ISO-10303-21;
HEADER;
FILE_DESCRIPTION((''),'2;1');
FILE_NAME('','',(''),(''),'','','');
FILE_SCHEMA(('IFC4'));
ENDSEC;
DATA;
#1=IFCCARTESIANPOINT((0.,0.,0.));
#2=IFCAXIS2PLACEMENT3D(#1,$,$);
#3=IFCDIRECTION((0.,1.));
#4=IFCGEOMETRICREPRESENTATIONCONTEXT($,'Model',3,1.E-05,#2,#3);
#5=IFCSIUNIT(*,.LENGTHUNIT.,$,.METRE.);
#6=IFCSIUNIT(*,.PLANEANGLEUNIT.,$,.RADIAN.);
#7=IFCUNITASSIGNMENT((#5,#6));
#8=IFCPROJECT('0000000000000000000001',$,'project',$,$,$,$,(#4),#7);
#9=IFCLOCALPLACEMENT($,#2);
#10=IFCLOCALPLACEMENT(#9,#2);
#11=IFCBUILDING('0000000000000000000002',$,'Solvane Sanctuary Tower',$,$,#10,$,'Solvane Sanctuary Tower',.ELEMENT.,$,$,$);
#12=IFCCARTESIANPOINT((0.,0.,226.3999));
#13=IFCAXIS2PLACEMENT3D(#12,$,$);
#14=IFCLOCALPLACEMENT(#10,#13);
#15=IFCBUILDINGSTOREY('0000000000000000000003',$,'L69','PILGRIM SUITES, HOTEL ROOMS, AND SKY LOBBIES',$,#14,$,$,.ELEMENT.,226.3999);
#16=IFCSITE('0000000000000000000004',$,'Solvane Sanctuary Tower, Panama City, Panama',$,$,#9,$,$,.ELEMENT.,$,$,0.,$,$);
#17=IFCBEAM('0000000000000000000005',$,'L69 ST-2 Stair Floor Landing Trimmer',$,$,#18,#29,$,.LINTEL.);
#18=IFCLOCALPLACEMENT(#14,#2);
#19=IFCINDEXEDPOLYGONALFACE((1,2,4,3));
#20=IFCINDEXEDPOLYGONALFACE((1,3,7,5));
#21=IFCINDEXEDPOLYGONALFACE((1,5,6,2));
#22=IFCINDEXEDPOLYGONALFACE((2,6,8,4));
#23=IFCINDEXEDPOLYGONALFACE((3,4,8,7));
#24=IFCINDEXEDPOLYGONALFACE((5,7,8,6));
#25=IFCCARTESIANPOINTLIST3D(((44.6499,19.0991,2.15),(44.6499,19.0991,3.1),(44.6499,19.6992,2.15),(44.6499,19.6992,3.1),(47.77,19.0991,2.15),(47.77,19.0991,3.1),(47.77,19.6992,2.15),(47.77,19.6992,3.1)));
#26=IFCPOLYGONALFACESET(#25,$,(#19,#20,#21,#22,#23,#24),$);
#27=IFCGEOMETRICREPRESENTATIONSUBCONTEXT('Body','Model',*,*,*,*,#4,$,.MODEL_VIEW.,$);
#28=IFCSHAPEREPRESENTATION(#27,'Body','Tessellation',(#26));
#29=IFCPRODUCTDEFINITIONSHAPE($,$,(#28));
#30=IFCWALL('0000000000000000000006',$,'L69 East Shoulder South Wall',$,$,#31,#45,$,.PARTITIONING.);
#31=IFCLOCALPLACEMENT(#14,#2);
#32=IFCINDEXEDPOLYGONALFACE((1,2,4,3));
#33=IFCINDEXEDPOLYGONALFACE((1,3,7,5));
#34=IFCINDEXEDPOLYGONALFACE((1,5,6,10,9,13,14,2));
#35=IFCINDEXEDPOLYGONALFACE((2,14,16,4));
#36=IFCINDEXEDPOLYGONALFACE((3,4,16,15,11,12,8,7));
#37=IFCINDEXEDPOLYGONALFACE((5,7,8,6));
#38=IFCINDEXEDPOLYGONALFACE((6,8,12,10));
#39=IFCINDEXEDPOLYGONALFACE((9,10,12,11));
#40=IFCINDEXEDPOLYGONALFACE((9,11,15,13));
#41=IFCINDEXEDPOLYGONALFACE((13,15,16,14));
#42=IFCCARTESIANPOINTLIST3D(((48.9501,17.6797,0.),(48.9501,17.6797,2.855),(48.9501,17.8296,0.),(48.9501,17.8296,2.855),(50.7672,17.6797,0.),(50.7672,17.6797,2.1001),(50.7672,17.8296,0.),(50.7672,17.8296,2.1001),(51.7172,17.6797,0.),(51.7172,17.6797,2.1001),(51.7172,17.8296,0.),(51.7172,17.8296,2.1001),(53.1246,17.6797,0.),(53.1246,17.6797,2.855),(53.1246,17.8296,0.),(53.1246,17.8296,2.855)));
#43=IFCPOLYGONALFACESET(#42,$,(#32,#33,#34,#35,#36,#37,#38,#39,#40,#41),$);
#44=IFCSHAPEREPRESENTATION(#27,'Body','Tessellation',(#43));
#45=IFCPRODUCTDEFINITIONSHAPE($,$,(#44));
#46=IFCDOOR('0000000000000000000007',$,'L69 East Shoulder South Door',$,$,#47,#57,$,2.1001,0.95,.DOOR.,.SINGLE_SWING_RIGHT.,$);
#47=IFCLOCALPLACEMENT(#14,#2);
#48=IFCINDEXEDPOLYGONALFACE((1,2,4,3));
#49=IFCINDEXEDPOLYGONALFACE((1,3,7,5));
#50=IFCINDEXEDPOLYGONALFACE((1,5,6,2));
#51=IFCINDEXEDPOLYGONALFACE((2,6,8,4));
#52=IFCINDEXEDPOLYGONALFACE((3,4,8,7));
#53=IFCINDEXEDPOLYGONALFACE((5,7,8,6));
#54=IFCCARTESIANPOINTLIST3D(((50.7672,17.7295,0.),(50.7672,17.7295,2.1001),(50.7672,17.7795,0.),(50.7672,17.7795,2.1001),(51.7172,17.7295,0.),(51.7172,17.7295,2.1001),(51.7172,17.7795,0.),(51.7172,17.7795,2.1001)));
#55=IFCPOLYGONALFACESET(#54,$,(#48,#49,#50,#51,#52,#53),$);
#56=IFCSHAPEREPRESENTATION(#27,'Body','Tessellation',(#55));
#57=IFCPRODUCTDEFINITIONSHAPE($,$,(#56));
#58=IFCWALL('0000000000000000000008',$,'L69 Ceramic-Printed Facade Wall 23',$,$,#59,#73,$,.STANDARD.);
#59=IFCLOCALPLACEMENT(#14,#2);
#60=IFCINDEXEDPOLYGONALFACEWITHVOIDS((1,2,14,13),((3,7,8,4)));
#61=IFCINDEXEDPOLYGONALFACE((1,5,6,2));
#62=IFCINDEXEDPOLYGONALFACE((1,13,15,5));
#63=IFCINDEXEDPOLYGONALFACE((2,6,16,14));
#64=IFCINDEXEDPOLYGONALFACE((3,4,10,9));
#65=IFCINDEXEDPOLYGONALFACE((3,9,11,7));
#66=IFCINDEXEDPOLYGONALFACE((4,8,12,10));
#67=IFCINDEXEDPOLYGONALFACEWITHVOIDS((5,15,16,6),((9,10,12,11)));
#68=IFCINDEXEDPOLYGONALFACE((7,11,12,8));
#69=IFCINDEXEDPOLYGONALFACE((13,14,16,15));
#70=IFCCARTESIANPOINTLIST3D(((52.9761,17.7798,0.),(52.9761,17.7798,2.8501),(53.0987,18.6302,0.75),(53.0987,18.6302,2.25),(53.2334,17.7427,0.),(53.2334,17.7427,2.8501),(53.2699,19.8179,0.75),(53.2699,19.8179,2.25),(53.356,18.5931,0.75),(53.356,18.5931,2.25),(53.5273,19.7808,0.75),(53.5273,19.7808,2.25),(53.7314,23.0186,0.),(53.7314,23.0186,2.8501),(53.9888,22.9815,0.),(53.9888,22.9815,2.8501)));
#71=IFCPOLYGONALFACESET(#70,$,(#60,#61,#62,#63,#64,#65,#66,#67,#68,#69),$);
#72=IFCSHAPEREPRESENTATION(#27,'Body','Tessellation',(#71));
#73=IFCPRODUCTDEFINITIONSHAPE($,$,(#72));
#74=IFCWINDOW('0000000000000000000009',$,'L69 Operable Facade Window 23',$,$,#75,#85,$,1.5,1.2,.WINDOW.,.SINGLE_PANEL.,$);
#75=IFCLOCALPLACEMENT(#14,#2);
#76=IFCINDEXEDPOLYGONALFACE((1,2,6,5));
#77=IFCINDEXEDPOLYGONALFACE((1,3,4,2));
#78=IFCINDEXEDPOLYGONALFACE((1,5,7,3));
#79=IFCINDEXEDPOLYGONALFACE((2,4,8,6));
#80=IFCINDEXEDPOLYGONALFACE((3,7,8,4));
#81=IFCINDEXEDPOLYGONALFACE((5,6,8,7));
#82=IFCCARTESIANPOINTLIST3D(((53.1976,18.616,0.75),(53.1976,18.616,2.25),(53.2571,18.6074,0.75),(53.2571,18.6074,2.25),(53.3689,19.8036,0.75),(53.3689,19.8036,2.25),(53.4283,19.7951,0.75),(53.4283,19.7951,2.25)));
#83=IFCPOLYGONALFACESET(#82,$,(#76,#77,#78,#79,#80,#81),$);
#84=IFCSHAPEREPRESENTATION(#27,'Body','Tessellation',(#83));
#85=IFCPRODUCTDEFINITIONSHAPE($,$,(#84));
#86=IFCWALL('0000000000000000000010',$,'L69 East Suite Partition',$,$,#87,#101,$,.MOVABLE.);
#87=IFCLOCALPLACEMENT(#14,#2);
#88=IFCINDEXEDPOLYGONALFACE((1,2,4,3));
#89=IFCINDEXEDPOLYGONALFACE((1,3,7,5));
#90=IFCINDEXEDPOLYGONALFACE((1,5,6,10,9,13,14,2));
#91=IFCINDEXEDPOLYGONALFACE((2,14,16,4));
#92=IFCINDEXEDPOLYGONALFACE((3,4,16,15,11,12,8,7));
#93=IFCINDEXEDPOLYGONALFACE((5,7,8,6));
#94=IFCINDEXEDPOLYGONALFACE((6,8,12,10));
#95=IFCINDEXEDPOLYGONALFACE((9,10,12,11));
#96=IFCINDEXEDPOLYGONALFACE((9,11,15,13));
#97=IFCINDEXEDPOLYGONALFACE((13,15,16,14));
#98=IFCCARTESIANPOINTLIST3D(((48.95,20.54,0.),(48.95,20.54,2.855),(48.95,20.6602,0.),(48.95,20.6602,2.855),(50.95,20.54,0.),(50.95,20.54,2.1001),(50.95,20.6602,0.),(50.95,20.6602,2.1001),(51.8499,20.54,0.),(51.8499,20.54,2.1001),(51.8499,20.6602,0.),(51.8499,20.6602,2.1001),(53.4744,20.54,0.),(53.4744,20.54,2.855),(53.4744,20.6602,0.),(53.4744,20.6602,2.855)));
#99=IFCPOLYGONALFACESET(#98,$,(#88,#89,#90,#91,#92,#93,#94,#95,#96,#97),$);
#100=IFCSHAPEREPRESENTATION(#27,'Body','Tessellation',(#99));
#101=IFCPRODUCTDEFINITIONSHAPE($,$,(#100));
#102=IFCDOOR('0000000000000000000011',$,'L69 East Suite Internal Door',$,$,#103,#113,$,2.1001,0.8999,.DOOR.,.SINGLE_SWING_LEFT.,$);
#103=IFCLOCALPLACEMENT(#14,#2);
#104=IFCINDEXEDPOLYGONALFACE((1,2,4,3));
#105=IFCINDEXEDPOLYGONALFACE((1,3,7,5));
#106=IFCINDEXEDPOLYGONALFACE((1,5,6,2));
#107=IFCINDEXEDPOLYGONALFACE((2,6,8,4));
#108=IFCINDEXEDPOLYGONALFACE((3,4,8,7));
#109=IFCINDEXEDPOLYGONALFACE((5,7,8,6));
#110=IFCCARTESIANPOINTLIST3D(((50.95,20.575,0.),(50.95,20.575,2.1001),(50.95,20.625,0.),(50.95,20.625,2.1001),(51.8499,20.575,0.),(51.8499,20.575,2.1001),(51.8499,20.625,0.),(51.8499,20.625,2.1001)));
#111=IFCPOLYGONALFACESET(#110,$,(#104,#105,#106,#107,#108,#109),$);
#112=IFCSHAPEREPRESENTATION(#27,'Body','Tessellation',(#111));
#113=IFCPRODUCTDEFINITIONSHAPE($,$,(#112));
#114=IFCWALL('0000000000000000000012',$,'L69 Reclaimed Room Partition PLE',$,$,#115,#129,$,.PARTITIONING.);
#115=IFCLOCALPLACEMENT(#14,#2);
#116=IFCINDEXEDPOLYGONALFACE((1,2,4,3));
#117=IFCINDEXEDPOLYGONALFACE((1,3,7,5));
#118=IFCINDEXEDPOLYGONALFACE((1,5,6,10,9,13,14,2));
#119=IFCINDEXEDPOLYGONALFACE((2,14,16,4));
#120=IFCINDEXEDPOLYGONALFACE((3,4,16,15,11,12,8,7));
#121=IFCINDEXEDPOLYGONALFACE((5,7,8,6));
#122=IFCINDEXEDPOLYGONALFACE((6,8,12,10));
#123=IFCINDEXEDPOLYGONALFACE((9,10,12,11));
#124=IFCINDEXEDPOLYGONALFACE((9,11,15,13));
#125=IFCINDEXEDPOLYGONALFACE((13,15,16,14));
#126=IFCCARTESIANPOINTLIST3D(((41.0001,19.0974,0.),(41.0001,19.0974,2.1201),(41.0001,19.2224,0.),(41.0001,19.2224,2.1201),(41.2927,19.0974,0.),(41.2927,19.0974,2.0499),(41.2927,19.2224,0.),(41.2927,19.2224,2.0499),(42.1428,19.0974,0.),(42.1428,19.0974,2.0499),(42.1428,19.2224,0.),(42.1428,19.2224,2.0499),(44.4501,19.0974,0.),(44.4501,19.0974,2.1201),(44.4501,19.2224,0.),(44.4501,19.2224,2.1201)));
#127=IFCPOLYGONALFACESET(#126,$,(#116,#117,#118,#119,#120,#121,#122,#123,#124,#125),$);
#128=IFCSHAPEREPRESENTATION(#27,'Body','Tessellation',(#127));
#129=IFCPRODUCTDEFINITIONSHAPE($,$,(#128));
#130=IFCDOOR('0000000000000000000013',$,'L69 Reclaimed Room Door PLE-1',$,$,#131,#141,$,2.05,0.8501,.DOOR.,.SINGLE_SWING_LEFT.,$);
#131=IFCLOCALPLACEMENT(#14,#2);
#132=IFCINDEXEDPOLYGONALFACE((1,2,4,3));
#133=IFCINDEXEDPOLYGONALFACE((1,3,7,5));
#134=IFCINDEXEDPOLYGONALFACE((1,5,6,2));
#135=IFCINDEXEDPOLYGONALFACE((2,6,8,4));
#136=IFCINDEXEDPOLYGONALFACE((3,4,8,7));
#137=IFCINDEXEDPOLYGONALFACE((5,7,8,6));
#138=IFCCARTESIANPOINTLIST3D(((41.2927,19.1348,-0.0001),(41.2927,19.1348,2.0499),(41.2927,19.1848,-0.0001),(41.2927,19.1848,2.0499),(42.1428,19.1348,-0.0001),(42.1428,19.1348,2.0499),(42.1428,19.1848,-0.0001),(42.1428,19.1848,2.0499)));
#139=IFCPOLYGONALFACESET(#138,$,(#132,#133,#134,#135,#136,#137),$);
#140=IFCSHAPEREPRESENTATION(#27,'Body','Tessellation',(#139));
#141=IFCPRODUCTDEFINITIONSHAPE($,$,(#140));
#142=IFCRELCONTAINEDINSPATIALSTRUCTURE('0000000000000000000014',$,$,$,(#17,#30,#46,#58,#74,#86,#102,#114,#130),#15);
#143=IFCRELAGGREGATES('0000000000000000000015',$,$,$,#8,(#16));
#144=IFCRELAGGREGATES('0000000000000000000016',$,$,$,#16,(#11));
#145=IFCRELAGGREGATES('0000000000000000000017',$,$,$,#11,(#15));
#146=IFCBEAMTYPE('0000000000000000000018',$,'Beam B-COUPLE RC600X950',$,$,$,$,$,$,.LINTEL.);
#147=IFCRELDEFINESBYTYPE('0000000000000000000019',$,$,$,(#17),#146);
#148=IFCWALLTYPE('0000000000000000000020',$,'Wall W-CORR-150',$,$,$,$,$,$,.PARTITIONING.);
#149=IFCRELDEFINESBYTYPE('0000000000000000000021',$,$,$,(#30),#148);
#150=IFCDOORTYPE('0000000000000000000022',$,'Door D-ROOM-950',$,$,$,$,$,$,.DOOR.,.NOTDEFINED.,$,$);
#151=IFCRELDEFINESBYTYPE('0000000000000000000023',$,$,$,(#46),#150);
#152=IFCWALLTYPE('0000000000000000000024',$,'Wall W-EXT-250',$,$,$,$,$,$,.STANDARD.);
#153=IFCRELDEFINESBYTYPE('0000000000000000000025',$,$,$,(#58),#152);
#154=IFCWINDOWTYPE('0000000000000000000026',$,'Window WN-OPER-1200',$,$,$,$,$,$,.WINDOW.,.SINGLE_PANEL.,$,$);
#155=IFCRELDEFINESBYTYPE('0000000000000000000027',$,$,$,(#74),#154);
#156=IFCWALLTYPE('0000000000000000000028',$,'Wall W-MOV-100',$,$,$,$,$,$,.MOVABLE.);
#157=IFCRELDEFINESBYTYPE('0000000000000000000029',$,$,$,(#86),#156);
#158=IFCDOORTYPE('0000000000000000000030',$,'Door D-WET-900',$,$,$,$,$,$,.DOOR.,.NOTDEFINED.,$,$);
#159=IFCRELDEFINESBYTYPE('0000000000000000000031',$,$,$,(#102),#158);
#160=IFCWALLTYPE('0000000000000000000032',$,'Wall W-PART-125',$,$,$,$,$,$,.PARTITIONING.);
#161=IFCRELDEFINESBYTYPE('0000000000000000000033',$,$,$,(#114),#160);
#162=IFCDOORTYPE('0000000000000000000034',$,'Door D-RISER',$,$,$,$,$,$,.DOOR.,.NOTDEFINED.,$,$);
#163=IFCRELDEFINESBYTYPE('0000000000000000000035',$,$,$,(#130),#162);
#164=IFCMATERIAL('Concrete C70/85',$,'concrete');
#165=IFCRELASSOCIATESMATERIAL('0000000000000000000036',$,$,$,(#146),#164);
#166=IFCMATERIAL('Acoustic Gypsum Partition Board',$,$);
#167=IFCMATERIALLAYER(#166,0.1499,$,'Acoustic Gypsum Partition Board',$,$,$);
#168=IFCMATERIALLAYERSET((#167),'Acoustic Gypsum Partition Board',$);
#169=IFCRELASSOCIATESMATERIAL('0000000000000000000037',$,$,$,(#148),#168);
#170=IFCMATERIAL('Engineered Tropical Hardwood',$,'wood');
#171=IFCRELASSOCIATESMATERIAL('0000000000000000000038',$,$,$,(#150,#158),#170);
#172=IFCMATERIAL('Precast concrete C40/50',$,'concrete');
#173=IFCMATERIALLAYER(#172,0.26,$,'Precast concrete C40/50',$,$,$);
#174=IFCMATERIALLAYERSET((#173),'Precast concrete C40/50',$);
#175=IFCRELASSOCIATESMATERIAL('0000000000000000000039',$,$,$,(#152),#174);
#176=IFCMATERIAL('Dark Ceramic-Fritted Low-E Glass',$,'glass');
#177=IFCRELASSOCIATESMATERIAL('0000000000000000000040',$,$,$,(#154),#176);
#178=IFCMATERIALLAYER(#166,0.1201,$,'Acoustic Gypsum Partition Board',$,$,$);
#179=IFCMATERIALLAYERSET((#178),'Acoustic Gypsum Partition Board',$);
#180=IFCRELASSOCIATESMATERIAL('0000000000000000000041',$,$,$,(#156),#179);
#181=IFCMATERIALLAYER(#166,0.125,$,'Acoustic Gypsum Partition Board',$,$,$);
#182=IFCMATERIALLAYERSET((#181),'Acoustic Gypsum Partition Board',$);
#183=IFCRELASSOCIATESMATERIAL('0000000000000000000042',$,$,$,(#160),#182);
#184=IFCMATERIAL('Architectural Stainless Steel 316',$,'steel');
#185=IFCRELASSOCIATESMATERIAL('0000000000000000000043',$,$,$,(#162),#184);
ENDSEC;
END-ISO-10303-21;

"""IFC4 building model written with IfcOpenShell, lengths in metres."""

from ifc_helpers import new_model, si_unit, direction, frame, frame_2d, origin, origin_2d, place, context, subcontext, project, spatial, rectangle, extrude, material, layer, layer_set, material_profile, profile_set, type_object, element, fill, save


model = new_model("IFC4")

# Units and contexts
model_context = context("Model", 3, precision=1e-05, world=origin(), true_north=direction((0.0, 1.0)))
body_context = subcontext(model_context, "Body", "Model", "MODEL_VIEW")
ifc_project = project(units=[si_unit("LENGTHUNIT", "METRE"), si_unit("PLANEANGLEUNIT", "RADIAN")], contexts=[model_context])

# Site, building, storey
site_placement = place(None, origin())
site = spatial("IfcSite", under=ifc_project, at=site_placement, Name="Solvane Sanctuary Tower, Panama City, Panama", CompositionType="ELEMENT", RefElevation=0.0)
building_placement = place(site_placement, origin())
building = spatial("IfcBuilding", under=site, at=building_placement, Name="Solvane Sanctuary Tower", LongName="Solvane Sanctuary Tower", CompositionType="ELEMENT")
storey_placement = place(building_placement, frame((0.0, 0.0, 226.3999)))
storey = spatial("IfcBuildingStorey", under=building, at=storey_placement, Name="L69", Description="PILGRIM SUITES, HOTEL ROOMS, AND SKY LOBBIES", CompositionType="ELEMENT", Elevation=226.3999)

# Beam
ifc_material_1 = material(Name="Concrete C70/85", Category="concrete")
ifc_material_profile = material_profile(ifc_material_1, rectangle(XDim=0.6001, YDim=0.95, at=origin_2d()), Name="RC600X950")
ifc_profile_set = profile_set([ifc_material_profile], Name="Concrete C70/85")
beam_type = type_object("IfcBeamType", Name="Beam B-COUPLE RC600X950", PredefinedType="LINTEL", material=ifc_profile_set)
beam_placement = place(storey_placement, frame((44.6499, 19.3992, 2.625), z_axis=(1.0, 0.0, 0.0), x_axis=(0.0, 1.0, 0.0)))
element("IfcBeam", 1, at=beam_placement, inside=storey, type_object=beam_type, Name="L69 ST-2 Stair Floor Landing Trimmer", PredefinedType="LINTEL", context=body_context, shape_type="SweptSolid", body=[
    extrude(rectangle(XDim=0.6001, YDim=0.95, at=origin_2d()), origin(), (0.0, 0.0, 1.0), 3.1201),
])

# Wall, opening, door
ifc_material_2 = material(Name="Acoustic Gypsum Partition Board")
ifc_layer_1 = layer(ifc_material_2, 0.1499, Name="Acoustic Gypsum Partition Board")
ifc_layer_set_1 = layer_set([ifc_layer_1], Name="Acoustic Gypsum Partition Board")
wall_type_1 = type_object("IfcWallType", Name="Wall W-CORR-150", PredefinedType="PARTITIONING", material=ifc_layer_set_1)
wall_1_placement = place(storey_placement, frame((48.95, 17.7546, 0.0), z_axis=(0.0, 0.0, 1.0), x_axis=(1.0, 0.0, 0.0)))
wall_1 = element("IfcWall", 2, at=wall_1_placement, inside=storey, type_object=wall_type_1, Name="L69 East Shoulder South Wall", PredefinedType="PARTITIONING", context=body_context, shape_type="SweptSolid", body=[
    extrude(rectangle(XDim=4.1746, YDim=0.1499, at=frame_2d((2.0874, 0.0))), origin(), (0.0, 0.0, 1.0), 2.855),
])
opening_1_placement = place(wall_1_placement, frame((1.8171, 0.0, 0.0)))
opening_1 = element("IfcOpeningElement", 3, at=opening_1_placement, cuts=wall_1, PredefinedType="OPENING", context=body_context, shape_type="SweptSolid", body=[
    extrude(rectangle(XDim=0.95, YDim=2.1001, at=frame_2d((0.4751, 1.05))), frame((0.0, 0.085, 0.0), z_axis=(0.0, -1.0, 0.0), x_axis=(1.0, 0.0, 0.0)), (0.0, 0.0, 1.0), 0.1699),
])
ifc_material_3 = material(Name="Engineered Tropical Hardwood", Category="wood")
door_type_1 = type_object("IfcDoorType", Name="Door D-ROOM-950", OperationType="NOTDEFINED", PredefinedType="DOOR", material=ifc_material_3)
door_1_placement = place(opening_1_placement, origin())
door_1 = element("IfcDoor", 4, at=door_1_placement, inside=storey, type_object=door_type_1, Name="L69 East Shoulder South Door", OperationType="SINGLE_SWING_RIGHT", OverallHeight=2.1001, OverallWidth=0.95, PredefinedType="DOOR", context=body_context, shape_type="SweptSolid", body=[
    extrude(rectangle(XDim=0.95, YDim=2.1001, at=frame_2d((0.4751, 1.05))), frame((0.0, 0.0249, 0.0), z_axis=(0.0, -1.0, 0.0), x_axis=(1.0, 0.0, 0.0)), (0.0, 0.0, 1.0), 0.05),
])
fill(opening_1, door_1)

# Wall, opening, window
ifc_material_4 = material(Name="Precast concrete C40/50", Category="concrete")
ifc_layer_2 = layer(ifc_material_4, 0.26, Name="Precast concrete C40/50")
ifc_layer_set_2 = layer_set([ifc_layer_2], Name="Precast concrete C40/50")
wall_type_2 = type_object("IfcWallType", Name="Wall W-EXT-250", PredefinedType="STANDARD", material=ifc_layer_set_2)
wall_2_placement = place(storey_placement, frame((53.1047, 17.7612, 0.0), z_axis=(0.0, 0.0, 1.0), x_axis=(0.142713, 0.989764, 0.0)))
wall_2 = element("IfcWall", 5, at=wall_2_placement, inside=storey, type_object=wall_type_2, Name="L69 Ceramic-Printed Facade Wall 23", PredefinedType="STANDARD", context=body_context, shape_type="SweptSolid", body=[
    extrude(rectangle(XDim=5.293, YDim=0.26, at=frame_2d((2.6465, 0.0))), origin(), (0.0, 0.0, 1.0), 2.8501),
])
opening_2_placement = place(wall_2_placement, frame((0.8591, 0.0, 0.75)))
opening_2 = element("IfcOpeningElement", 6, at=opening_2_placement, cuts=wall_2, PredefinedType="OPENING", context=body_context, shape_type="SweptSolid", body=[
    extrude(rectangle(XDim=1.2, YDim=1.5, at=frame_2d((0.6001, 0.75))), frame((0.0, 0.1399, 0.0), z_axis=(0.0, -1.0, 0.0), x_axis=(1.0, 0.0, 0.0)), (0.0, 0.0, 1.0), 0.28),
])
ifc_material_5 = material(Name="Dark Ceramic-Fritted Low-E Glass", Category="glass")
window_type = type_object("IfcWindowType", Name="Window WN-OPER-1200", PartitioningType="SINGLE_PANEL", PredefinedType="WINDOW", material=ifc_material_5)
window_placement = place(opening_2_placement, origin())
window = element("IfcWindow", 7, at=window_placement, inside=storey, type_object=window_type, Name="L69 Operable Facade Window 23", OverallHeight=1.5, OverallWidth=1.2, PartitioningType="SINGLE_PANEL", PredefinedType="WINDOW", context=body_context, shape_type="SweptSolid", body=[
    extrude(rectangle(XDim=1.2, YDim=1.5, at=frame_2d((0.6001, 0.75))), frame((0.0, 0.03, 0.0), z_axis=(0.0, -1.0, 0.0), x_axis=(1.0, 0.0, 0.0)), (0.0, 0.0, 1.0), 0.0601),
])
fill(opening_2, window)

# Walls, openings, doors
ifc_layer_3 = layer(ifc_material_2, 0.1201, Name="Acoustic Gypsum Partition Board")
ifc_layer_set_3 = layer_set([ifc_layer_3], Name="Acoustic Gypsum Partition Board")
wall_type_3 = type_object("IfcWallType", Name="Wall W-MOV-100", PredefinedType="MOVABLE", material=ifc_layer_set_3)
wall_3_placement = place(storey_placement, frame((48.95, 20.6001, 0.0), z_axis=(0.0, 0.0, 1.0), x_axis=(1.0, 0.0, 0.0)))
wall_3 = element("IfcWall", 8, at=wall_3_placement, inside=storey, type_object=wall_type_3, Name="L69 East Suite Partition", PredefinedType="MOVABLE", context=body_context, shape_type="SweptSolid", body=[
    extrude(rectangle(XDim=4.5244, YDim=0.1201, at=frame_2d((2.2622, 0.0))), origin(), (0.0, 0.0, 1.0), 2.855),
])
opening_3_placement = place(wall_3_placement, frame((2.0, 0.0, 0.0)))
opening_3 = element("IfcOpeningElement", 9, at=opening_3_placement, cuts=wall_3, PredefinedType="OPENING", context=body_context, shape_type="SweptSolid", body=[
    extrude(rectangle(XDim=0.8999, YDim=2.1001, at=frame_2d((0.45, 1.05))), frame((0.0, 0.0701, 0.0), z_axis=(0.0, -1.0, 0.0), x_axis=(1.0, 0.0, 0.0)), (0.0, 0.0, 1.0), 0.1401),
])
door_type_2 = type_object("IfcDoorType", Name="Door D-WET-900", OperationType="NOTDEFINED", PredefinedType="DOOR", material=ifc_material_3)
door_2_placement = place(opening_3_placement, origin())
door_2 = element("IfcDoor", 10, at=door_2_placement, inside=storey, type_object=door_type_2, Name="L69 East Suite Internal Door", OperationType="SINGLE_SWING_LEFT", OverallHeight=2.1001, OverallWidth=0.8999, PredefinedType="DOOR", context=body_context, shape_type="SweptSolid", body=[
    extrude(rectangle(XDim=0.8999, YDim=2.1001, at=frame_2d((0.45, 1.05))), frame((0.0, 0.0249, 0.0), z_axis=(0.0, -1.0, 0.0), x_axis=(1.0, 0.0, 0.0)), (0.0, 0.0, 1.0), 0.05),
])
fill(opening_3, door_2)
ifc_layer_4 = layer(ifc_material_2, 0.125, Name="Acoustic Gypsum Partition Board")
ifc_layer_set_4 = layer_set([ifc_layer_4], Name="Acoustic Gypsum Partition Board")
wall_type_4 = type_object("IfcWallType", Name="Wall W-PART-125", PredefinedType="PARTITIONING", material=ifc_layer_set_4)
wall_4_placement = place(storey_placement, frame((41.0, 19.1599, 0.0), z_axis=(0.0, 0.0, 1.0), x_axis=(1.0, 0.0, 0.0)))
wall_4 = element("IfcWall", 11, at=wall_4_placement, inside=storey, type_object=wall_type_4, Name="L69 Reclaimed Room Partition PLE", PredefinedType="PARTITIONING", context=body_context, shape_type="SweptSolid", body=[
    extrude(rectangle(XDim=3.45, YDim=0.125, at=frame_2d((1.7251, 0.0))), origin(), (0.0, 0.0, 1.0), 2.1201),
])
opening_4_placement = place(wall_4_placement, frame((0.2927, 0.0, 0.0)))
opening_4 = element("IfcOpeningElement", 12, at=opening_4_placement, cuts=wall_4, PredefinedType="OPENING", context=body_context, shape_type="SweptSolid", body=[
    extrude(rectangle(XDim=0.8501, YDim=2.05, at=frame_2d((0.425, 1.0249))), frame((0.0, 0.0725, 0.0), z_axis=(0.0, -1.0, 0.0), x_axis=(1.0, 0.0, 0.0)), (0.0, 0.0, 1.0), 0.145),
])
ifc_material_6 = material(Name="Architectural Stainless Steel 316", Category="steel")
door_type_3 = type_object("IfcDoorType", Name="Door D-RISER", OperationType="NOTDEFINED", PredefinedType="DOOR", material=ifc_material_6)
door_3_placement = place(opening_4_placement, origin())
door_3 = element("IfcDoor", 13, at=door_3_placement, inside=storey, type_object=door_type_3, Name="L69 Reclaimed Room Door PLE-1", OperationType="SINGLE_SWING_LEFT", OverallHeight=2.05, OverallWidth=0.8501, PredefinedType="DOOR", context=body_context, shape_type="SweptSolid", body=[
    extrude(rectangle(XDim=0.8501, YDim=2.05, at=frame_2d((0.425, 1.0249))), frame((0.0, 0.0249, 0.0), z_axis=(0.0, -1.0, 0.0), x_axis=(1.0, 0.0, 0.0)), (0.0, 0.0, 1.0), 0.05),
])
fill(opening_4, door_3)

save(model, "model.ifc")
